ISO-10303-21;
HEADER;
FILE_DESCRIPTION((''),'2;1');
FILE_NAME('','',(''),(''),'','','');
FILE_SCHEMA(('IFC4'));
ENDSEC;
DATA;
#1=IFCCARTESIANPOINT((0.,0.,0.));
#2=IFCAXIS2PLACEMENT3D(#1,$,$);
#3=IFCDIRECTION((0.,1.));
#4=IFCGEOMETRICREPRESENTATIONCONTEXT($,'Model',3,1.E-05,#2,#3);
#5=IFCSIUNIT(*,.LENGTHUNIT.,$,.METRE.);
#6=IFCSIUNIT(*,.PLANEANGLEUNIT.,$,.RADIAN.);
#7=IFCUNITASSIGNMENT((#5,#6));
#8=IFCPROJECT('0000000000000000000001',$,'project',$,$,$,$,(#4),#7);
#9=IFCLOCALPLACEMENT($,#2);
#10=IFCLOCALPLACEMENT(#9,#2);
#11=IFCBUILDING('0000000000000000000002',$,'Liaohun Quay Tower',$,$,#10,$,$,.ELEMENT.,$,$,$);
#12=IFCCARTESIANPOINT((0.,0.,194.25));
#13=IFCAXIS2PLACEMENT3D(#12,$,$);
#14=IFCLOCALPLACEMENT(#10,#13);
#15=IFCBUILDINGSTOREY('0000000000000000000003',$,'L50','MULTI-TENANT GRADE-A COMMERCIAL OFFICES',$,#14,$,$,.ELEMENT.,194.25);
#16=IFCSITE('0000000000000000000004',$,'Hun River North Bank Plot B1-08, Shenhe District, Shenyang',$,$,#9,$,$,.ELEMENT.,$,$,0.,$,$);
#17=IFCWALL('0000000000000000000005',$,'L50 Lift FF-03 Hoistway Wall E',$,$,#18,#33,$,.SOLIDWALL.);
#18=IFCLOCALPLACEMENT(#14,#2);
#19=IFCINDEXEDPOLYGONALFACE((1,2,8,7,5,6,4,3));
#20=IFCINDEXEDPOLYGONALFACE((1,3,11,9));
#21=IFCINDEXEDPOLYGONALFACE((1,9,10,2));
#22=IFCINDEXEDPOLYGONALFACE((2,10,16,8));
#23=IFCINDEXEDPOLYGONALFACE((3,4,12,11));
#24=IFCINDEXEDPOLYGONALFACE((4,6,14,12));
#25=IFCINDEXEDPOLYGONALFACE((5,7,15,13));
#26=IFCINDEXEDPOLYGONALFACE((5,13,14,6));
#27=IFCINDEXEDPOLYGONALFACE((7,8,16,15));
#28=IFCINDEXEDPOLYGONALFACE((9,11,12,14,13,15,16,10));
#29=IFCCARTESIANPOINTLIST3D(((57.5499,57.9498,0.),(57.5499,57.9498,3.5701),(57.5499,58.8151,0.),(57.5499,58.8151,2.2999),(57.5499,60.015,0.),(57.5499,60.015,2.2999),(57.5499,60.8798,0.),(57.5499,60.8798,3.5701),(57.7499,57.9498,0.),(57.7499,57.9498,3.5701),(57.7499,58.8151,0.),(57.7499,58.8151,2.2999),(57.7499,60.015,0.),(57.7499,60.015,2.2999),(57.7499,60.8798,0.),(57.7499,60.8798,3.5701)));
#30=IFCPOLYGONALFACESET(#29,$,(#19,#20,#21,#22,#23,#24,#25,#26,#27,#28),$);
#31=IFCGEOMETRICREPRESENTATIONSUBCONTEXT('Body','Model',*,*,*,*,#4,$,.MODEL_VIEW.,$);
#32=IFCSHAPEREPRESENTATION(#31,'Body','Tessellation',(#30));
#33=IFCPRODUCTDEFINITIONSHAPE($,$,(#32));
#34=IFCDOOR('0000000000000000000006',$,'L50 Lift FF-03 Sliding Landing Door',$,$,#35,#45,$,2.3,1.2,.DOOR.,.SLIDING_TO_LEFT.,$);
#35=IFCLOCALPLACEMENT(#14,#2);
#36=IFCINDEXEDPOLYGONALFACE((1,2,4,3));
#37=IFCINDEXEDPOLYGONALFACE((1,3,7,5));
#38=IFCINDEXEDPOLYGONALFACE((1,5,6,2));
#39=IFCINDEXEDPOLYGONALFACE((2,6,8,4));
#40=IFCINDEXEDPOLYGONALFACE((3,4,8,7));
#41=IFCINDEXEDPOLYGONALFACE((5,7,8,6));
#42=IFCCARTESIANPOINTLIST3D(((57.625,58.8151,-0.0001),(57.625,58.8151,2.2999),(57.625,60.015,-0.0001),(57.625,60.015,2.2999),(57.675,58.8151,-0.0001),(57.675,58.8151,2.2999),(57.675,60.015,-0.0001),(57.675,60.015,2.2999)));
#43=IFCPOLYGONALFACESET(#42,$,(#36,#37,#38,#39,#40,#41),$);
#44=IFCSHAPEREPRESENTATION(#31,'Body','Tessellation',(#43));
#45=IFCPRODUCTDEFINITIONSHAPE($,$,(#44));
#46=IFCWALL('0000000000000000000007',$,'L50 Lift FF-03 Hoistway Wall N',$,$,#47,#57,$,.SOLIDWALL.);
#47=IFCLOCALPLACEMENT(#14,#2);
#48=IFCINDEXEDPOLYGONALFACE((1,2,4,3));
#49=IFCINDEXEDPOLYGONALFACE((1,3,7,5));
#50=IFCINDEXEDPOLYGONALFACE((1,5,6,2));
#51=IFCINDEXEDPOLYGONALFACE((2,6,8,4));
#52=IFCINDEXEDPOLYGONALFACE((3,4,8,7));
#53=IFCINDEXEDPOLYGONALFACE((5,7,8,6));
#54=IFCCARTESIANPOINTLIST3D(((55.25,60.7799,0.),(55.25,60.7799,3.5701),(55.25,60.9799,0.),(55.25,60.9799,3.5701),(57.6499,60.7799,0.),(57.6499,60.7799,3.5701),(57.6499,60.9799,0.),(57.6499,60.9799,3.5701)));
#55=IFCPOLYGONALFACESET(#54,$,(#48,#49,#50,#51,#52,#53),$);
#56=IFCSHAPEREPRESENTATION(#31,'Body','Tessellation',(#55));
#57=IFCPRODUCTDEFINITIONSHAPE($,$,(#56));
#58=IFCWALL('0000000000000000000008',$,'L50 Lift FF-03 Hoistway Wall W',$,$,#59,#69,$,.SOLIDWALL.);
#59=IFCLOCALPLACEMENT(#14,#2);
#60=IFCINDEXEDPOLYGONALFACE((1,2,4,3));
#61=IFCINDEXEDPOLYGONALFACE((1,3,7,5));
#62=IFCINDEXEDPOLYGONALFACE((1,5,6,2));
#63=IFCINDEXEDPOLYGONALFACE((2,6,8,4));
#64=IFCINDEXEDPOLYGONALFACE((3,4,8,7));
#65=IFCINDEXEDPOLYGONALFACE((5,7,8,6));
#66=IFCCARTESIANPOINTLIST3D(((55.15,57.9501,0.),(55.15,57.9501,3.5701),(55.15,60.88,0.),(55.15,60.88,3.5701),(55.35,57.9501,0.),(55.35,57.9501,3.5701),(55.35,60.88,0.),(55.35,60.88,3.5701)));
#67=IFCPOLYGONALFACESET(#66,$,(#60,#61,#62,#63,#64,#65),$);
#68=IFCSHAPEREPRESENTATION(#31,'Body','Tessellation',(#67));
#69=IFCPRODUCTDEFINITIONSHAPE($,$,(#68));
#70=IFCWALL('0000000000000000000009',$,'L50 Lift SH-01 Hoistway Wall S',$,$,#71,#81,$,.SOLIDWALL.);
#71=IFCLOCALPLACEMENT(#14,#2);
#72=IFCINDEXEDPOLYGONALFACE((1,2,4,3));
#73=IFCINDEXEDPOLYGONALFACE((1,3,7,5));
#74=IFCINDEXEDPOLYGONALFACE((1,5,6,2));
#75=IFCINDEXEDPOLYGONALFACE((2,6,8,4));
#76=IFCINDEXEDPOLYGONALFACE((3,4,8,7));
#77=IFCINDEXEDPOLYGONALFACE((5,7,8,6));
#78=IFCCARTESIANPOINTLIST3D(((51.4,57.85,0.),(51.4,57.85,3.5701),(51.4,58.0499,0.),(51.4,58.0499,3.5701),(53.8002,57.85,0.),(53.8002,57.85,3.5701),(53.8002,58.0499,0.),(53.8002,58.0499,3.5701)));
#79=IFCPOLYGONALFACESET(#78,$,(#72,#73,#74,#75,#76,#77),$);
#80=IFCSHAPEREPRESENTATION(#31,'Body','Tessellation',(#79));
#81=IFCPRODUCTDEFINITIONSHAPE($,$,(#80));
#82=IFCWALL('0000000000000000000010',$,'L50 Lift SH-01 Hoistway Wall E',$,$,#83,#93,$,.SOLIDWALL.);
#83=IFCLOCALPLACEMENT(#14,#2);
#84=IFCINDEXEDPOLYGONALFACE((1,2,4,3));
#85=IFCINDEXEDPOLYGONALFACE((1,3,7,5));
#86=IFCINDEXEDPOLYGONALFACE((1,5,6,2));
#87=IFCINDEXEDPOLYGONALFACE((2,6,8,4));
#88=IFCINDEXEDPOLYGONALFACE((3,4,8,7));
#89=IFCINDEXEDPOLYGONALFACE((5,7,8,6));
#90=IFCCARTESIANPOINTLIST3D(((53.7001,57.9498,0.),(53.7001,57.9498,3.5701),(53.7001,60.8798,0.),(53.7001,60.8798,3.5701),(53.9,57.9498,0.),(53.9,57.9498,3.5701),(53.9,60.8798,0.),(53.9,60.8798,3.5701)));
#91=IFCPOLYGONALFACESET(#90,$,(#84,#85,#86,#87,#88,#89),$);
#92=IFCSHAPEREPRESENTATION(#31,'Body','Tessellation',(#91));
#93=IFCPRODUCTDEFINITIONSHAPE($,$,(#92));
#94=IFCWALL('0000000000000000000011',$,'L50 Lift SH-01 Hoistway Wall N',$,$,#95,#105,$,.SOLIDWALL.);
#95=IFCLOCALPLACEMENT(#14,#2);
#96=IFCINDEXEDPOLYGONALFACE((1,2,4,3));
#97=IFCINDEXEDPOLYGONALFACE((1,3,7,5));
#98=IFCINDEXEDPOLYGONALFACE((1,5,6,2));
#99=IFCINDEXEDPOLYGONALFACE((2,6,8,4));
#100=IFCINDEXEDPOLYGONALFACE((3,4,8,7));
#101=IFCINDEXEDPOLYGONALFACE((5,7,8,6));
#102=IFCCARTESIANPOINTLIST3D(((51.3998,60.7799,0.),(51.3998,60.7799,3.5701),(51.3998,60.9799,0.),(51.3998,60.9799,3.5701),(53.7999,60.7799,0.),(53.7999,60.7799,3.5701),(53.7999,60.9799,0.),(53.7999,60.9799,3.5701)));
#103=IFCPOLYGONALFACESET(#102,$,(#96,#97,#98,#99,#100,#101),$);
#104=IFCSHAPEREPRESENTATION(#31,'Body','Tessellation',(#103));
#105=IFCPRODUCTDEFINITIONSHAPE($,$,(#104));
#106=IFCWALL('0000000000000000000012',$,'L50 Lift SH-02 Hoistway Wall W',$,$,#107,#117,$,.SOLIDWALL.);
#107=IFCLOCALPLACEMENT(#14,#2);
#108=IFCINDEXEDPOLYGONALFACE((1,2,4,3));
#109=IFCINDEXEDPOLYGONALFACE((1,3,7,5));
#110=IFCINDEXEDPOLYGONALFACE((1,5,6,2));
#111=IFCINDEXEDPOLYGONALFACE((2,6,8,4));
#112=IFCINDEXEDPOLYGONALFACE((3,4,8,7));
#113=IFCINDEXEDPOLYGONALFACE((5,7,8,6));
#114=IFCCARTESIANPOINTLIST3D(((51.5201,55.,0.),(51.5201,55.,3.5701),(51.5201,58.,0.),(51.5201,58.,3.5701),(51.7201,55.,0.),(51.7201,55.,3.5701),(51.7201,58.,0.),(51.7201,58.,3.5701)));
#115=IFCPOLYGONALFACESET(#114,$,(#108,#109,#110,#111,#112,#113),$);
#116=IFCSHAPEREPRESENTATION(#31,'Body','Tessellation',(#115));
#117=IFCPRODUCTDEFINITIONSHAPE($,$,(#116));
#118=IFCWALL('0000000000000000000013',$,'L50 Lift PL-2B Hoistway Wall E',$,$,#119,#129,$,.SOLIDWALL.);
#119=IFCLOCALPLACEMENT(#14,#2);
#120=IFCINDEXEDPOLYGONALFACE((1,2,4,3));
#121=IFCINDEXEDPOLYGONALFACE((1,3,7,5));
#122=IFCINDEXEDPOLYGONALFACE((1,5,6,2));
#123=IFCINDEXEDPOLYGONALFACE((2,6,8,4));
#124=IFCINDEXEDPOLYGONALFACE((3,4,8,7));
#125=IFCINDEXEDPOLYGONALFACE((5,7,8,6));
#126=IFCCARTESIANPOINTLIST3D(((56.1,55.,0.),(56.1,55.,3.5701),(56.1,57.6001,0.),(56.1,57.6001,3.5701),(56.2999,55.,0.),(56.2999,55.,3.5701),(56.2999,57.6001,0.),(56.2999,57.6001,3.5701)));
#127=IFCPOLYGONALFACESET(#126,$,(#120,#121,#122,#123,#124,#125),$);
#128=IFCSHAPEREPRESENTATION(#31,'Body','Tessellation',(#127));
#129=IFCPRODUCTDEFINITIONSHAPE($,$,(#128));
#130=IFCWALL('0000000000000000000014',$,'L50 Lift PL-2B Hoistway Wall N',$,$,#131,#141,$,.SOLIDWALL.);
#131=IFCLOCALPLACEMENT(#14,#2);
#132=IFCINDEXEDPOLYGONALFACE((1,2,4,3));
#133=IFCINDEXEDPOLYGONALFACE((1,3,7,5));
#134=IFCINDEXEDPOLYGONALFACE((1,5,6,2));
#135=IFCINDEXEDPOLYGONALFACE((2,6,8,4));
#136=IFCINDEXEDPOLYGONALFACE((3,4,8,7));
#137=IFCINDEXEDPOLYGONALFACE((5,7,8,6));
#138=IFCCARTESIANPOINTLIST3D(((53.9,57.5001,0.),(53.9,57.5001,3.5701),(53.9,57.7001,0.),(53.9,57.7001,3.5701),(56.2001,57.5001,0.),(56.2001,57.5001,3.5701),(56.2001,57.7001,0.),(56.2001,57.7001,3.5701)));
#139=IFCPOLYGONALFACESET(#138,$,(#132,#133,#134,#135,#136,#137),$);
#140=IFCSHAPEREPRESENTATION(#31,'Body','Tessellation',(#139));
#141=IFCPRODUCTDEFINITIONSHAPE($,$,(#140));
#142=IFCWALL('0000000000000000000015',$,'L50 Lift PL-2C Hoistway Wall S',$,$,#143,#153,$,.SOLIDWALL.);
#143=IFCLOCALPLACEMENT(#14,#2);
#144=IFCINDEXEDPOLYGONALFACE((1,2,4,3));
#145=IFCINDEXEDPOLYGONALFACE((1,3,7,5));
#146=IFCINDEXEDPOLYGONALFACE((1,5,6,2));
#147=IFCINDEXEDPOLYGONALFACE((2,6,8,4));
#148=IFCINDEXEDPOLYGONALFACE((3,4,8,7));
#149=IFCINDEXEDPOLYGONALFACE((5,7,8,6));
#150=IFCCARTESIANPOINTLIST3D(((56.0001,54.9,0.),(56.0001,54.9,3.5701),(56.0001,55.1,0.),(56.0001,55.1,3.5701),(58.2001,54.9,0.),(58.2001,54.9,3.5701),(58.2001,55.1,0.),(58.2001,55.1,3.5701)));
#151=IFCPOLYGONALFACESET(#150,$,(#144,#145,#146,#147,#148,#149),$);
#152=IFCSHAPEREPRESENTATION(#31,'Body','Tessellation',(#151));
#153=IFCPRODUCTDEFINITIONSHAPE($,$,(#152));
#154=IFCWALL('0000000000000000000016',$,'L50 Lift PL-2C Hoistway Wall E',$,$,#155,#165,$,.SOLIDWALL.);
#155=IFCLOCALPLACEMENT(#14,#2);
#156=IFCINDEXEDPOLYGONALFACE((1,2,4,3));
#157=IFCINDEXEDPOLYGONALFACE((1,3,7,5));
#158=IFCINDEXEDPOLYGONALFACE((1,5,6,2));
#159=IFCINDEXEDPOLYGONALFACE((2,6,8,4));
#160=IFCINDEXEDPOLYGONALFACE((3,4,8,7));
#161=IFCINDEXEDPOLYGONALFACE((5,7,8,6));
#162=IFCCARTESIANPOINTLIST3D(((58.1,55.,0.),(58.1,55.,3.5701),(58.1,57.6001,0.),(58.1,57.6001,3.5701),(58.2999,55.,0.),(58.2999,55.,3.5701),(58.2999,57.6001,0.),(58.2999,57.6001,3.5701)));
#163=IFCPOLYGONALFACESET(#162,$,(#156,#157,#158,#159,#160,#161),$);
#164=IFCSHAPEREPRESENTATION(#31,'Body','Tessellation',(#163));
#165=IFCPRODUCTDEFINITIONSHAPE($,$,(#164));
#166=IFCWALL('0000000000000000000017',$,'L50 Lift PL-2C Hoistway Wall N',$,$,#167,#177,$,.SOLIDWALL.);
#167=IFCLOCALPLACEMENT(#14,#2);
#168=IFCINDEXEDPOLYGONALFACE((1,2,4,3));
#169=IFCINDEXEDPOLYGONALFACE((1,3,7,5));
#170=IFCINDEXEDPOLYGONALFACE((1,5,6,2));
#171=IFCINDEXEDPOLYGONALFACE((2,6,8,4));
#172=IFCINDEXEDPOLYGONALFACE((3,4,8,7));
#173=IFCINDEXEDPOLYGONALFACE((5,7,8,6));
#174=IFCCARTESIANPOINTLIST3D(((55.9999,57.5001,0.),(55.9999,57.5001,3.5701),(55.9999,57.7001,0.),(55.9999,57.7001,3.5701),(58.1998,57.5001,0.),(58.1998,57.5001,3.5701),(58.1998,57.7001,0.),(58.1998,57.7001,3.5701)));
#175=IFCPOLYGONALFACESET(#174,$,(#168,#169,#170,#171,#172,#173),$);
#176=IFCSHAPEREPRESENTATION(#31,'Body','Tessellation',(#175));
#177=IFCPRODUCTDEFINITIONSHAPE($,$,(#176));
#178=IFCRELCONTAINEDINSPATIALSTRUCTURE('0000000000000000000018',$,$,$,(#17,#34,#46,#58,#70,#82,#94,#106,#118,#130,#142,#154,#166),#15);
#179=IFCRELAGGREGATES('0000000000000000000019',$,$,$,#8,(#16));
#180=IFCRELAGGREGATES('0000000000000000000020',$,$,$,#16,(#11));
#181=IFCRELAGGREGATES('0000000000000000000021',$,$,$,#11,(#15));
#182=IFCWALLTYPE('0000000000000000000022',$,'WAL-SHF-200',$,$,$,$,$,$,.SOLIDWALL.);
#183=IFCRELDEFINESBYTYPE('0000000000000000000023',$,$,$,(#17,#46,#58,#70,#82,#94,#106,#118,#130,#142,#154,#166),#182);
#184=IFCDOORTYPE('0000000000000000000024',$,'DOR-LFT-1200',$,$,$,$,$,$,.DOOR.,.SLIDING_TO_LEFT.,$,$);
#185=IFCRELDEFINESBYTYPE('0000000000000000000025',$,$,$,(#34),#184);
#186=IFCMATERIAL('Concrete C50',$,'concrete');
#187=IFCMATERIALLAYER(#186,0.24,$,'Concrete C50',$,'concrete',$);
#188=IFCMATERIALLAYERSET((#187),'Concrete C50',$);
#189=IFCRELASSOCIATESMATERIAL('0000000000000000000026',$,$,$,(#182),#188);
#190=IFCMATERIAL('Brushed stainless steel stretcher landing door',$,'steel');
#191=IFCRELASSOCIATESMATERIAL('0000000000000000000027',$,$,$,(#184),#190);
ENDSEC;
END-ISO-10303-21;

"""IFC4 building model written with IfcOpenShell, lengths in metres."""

from ifc_helpers import new_model, si_unit, direction, frame, frame_2d, origin, place, context, subcontext, project, spatial, rectangle, extrude, source, transform, mapped, material, layer, layer_set, type_object, element, fill, save


model = new_model("IFC4")

# Units and contexts
model_context = context("Model", 3, precision=1e-05, world=origin(), true_north=direction((0.0, 1.0)))
body_context = subcontext(model_context, "Body", "Model", "MODEL_VIEW")
ifc_project = project(units=[si_unit("LENGTHUNIT", "METRE"), si_unit("PLANEANGLEUNIT", "RADIAN")], contexts=[model_context])

# Site, building, storey
site_placement = place(None, origin())
site = spatial("IfcSite", under=ifc_project, at=site_placement, Name="Hun River North Bank Plot B1-08, Shenhe District, Shenyang", CompositionType="ELEMENT", RefElevation=0.0)
building_placement = place(site_placement, origin())
building = spatial("IfcBuilding", under=site, at=building_placement, Name="Liaohun Quay Tower", CompositionType="ELEMENT")
storey_placement = place(building_placement, frame((0.0, 0.0, 194.25)))
storey = spatial("IfcBuildingStorey", under=building, at=storey_placement, Name="L50", Description="MULTI-TENANT GRADE-A COMMERCIAL OFFICES", CompositionType="ELEMENT", Elevation=194.25)

# Shared definitions
ifc_material_1 = material(Name="Concrete C50", Category="concrete")
ifc_layer_1 = layer(ifc_material_1, 0.24, Name="Concrete C50", Category="concrete")
ifc_layer_set_1 = layer_set([ifc_layer_1], Name="Concrete C50")
wall_type_1 = type_object("IfcWallType", Name="WAL-SHF-200", PredefinedType="SOLIDWALL", material=ifc_layer_set_1)

# Wall, opening, door
wall_1_placement = place(storey_placement, frame((57.6499, 57.95, 0.0), z_axis=(0.0, 0.0, 1.0), x_axis=(0.0, 1.0, 0.0)))
wall_1 = element("IfcWall", 1, at=wall_1_placement, inside=storey, type_object=wall_type_1, Name="L50 Lift FF-03 Hoistway Wall E", PredefinedType="SOLIDWALL", context=body_context, shape_type="SweptSolid", body=[
    extrude(rectangle(XDim=2.9299, YDim=0.2, at=frame_2d((1.4648, 0.0))), origin(), (0.0, 0.0, 1.0), 3.5701),
])
shared_shape_1 = source(origin(), body_context, "Body", "SweptSolid", [
    extrude(rectangle(XDim=1.2, YDim=2.3, at=frame_2d((0.6001, 1.1499))), frame((0.0, 0.1099, 0.0), z_axis=(0.0, -1.0, 0.0), x_axis=(1.0, 0.0, 0.0)), (0.0, 0.0, 1.0), 0.22),
])
opening_placement = place(wall_1_placement, frame((0.865, 0.0, 0.0)))
opening = element("IfcOpeningElement", 2, at=opening_placement, cuts=wall_1, PredefinedType="OPENING", context=body_context, shape_type="MappedRepresentation", body=[
    mapped(shared_shape_1, transform((0.0, 0.0, 0.0), x_axis=(1.0, 0.0, 0.0), y_axis=(0.0, 1.0, 0.0), z_axis=(0.0, 0.0, 1.0), scale=1.0)),
])
ifc_material_2 = material(Name="Brushed stainless steel stretcher landing door", Category="steel")
door_type = type_object("IfcDoorType", Name="DOR-LFT-1200", OperationType="SLIDING_TO_LEFT", PredefinedType="DOOR", material=ifc_material_2)
shared_shape_2 = source(origin(), body_context, "Body", "SweptSolid", [
    extrude(rectangle(XDim=1.2, YDim=2.3, at=frame_2d((0.6001, 1.1499))), frame((0.0, 0.0249, 0.0), z_axis=(0.0, -1.0, 0.0), x_axis=(1.0, 0.0, 0.0)), (0.0, 0.0, 1.0), 0.05),
])
door_placement = place(opening_placement, origin())
door = element("IfcDoor", 3, at=door_placement, inside=storey, type_object=door_type, Name="L50 Lift FF-03 Sliding Landing Door", OperationType="SLIDING_TO_LEFT", OverallHeight=2.3, OverallWidth=1.2, PredefinedType="DOOR", context=body_context, shape_type="MappedRepresentation", body=[
    mapped(shared_shape_2, transform((0.0, 0.0, 0.0), x_axis=(1.0, 0.0, 0.0), y_axis=(0.0, 1.0, 0.0), z_axis=(0.0, 0.0, 1.0), scale=1.0)),
])
fill(opening, door)

# Walls
wall_2_placement = place(storey_placement, frame((57.6499, 60.8799, 0.0), z_axis=(0.0, 0.0, 1.0), x_axis=(-1.0, 0.0, 0.0)))
element("IfcWall", 4, at=wall_2_placement, inside=storey, type_object=wall_type_1, Name="L50 Lift FF-03 Hoistway Wall N", PredefinedType="SOLIDWALL", context=body_context, shape_type="SweptSolid", body=[
    extrude(rectangle(XDim=2.3999, YDim=0.2, at=frame_2d((1.2, 0.0))), origin(), (0.0, 0.0, 1.0), 3.5701),
])
wall_3_placement = place(storey_placement, frame((55.25, 60.8799, 0.0), z_axis=(0.0, 0.0, 1.0), x_axis=(0.0, -1.0, 0.0)))
element("IfcWall", 5, at=wall_3_placement, inside=storey, type_object=wall_type_1, Name="L50 Lift FF-03 Hoistway Wall W", PredefinedType="SOLIDWALL", context=body_context, shape_type="SweptSolid", body=[
    extrude(rectangle(XDim=2.9299, YDim=0.2, at=frame_2d((1.4648, 0.0))), origin(), (0.0, 0.0, 1.0), 3.5701),
])
wall_4_placement = place(storey_placement, frame((51.3999, 57.95, 0.0), z_axis=(0.0, 0.0, 1.0), x_axis=(1.0, 0.0, 0.0)))
element("IfcWall", 6, at=wall_4_placement, inside=storey, type_object=wall_type_1, Name="L50 Lift SH-01 Hoistway Wall S", PredefinedType="SOLIDWALL", context=body_context, shape_type="SweptSolid", body=[
    extrude(rectangle(XDim=2.4001, YDim=0.2, at=frame_2d((1.2002, 0.0))), origin(), (0.0, 0.0, 1.0), 3.5701),
])
wall_5_placement = place(storey_placement, frame((53.8, 57.95, 0.0), z_axis=(0.0, 0.0, 1.0), x_axis=(0.0, 1.0, 0.0)))
element("IfcWall", 7, at=wall_5_placement, inside=storey, type_object=wall_type_1, Name="L50 Lift SH-01 Hoistway Wall E", PredefinedType="SOLIDWALL", context=body_context, shape_type="SweptSolid", body=[
    extrude(rectangle(XDim=2.9299, YDim=0.2, at=frame_2d((1.4648, 0.0))), origin(), (0.0, 0.0, 1.0), 3.5701),
])
wall_6_placement = place(storey_placement, frame((53.8, 60.8799, 0.0), z_axis=(0.0, 0.0, 1.0), x_axis=(-1.0, 0.0, 0.0)))
element("IfcWall", 8, at=wall_6_placement, inside=storey, type_object=wall_type_1, Name="L50 Lift SH-01 Hoistway Wall N", PredefinedType="SOLIDWALL", context=body_context, shape_type="SweptSolid", body=[
    extrude(rectangle(XDim=2.4001, YDim=0.2, at=frame_2d((1.2002, 0.0))), origin(), (0.0, 0.0, 1.0), 3.5701),
])
wall_7_placement = place(storey_placement, frame((51.6201, 58.0, 0.0), z_axis=(0.0, 0.0, 1.0), x_axis=(0.0, -1.0, 0.0)))
element("IfcWall", 9, at=wall_7_placement, inside=storey, type_object=wall_type_1, Name="L50 Lift SH-02 Hoistway Wall W", PredefinedType="SOLIDWALL", context=body_context, shape_type="SweptSolid", body=[
    extrude(rectangle(XDim=3.0, YDim=0.2, at=frame_2d((1.5, 0.0))), origin(), (0.0, 0.0, 1.0), 3.5701),
])
wall_8_placement = place(storey_placement, frame((56.2, 55.0, 0.0), z_axis=(0.0, 0.0, 1.0), x_axis=(0.0, 1.0, 0.0)))
element("IfcWall", 10, at=wall_8_placement, inside=storey, type_object=wall_type_1, Name="L50 Lift PL-2B Hoistway Wall E", PredefinedType="SOLIDWALL", context=body_context, shape_type="SweptSolid", body=[
    extrude(rectangle(XDim=2.6001, YDim=0.2, at=frame_2d((1.3, 0.0))), origin(), (0.0, 0.0, 1.0), 3.5701),
])
wall_9_placement = place(storey_placement, frame((56.2, 57.6001, 0.0), z_axis=(0.0, 0.0, 1.0), x_axis=(-1.0, 0.0, 0.0)))
element("IfcWall", 11, at=wall_9_placement, inside=storey, type_object=wall_type_1, Name="L50 Lift PL-2B Hoistway Wall N", PredefinedType="SOLIDWALL", context=body_context, shape_type="SweptSolid", body=[
    extrude(rectangle(XDim=2.3, YDim=0.2, at=frame_2d((1.1499, 0.0))), origin(), (0.0, 0.0, 1.0), 3.5701),
])
wall_10_placement = place(storey_placement, frame((56.0, 55.0, 0.0), z_axis=(0.0, 0.0, 1.0), x_axis=(1.0, 0.0, 0.0)))
element("IfcWall", 12, at=wall_10_placement, inside=storey, type_object=wall_type_1, Name="L50 Lift PL-2C Hoistway Wall S", PredefinedType="SOLIDWALL", context=body_context, shape_type="SweptSolid", body=[
    extrude(rectangle(XDim=2.2, YDim=0.2, at=frame_2d((1.1001, 0.0))), origin(), (0.0, 0.0, 1.0), 3.5701),
])
wall_11_placement = place(storey_placement, frame((58.2, 55.0, 0.0), z_axis=(0.0, 0.0, 1.0), x_axis=(0.0, 1.0, 0.0)))
element("IfcWall", 13, at=wall_11_placement, inside=storey, type_object=wall_type_1, Name="L50 Lift PL-2C Hoistway Wall E", PredefinedType="SOLIDWALL", context=body_context, shape_type="SweptSolid", body=[
    extrude(rectangle(XDim=2.6001, YDim=0.2, at=frame_2d((1.3, 0.0))), origin(), (0.0, 0.0, 1.0), 3.5701),
])
wall_12_placement = place(storey_placement, frame((58.2, 57.6001, 0.0), z_axis=(0.0, 0.0, 1.0), x_axis=(-1.0, 0.0, 0.0)))
element("IfcWall", 14, at=wall_12_placement, inside=storey, type_object=wall_type_1, Name="L50 Lift PL-2C Hoistway Wall N", PredefinedType="SOLIDWALL", context=body_context, shape_type="SweptSolid", body=[
    extrude(rectangle(XDim=2.2, YDim=0.2, at=frame_2d((1.1001, 0.0))), origin(), (0.0, 0.0, 1.0), 3.5701),
])

save(model, "model.ifc")
